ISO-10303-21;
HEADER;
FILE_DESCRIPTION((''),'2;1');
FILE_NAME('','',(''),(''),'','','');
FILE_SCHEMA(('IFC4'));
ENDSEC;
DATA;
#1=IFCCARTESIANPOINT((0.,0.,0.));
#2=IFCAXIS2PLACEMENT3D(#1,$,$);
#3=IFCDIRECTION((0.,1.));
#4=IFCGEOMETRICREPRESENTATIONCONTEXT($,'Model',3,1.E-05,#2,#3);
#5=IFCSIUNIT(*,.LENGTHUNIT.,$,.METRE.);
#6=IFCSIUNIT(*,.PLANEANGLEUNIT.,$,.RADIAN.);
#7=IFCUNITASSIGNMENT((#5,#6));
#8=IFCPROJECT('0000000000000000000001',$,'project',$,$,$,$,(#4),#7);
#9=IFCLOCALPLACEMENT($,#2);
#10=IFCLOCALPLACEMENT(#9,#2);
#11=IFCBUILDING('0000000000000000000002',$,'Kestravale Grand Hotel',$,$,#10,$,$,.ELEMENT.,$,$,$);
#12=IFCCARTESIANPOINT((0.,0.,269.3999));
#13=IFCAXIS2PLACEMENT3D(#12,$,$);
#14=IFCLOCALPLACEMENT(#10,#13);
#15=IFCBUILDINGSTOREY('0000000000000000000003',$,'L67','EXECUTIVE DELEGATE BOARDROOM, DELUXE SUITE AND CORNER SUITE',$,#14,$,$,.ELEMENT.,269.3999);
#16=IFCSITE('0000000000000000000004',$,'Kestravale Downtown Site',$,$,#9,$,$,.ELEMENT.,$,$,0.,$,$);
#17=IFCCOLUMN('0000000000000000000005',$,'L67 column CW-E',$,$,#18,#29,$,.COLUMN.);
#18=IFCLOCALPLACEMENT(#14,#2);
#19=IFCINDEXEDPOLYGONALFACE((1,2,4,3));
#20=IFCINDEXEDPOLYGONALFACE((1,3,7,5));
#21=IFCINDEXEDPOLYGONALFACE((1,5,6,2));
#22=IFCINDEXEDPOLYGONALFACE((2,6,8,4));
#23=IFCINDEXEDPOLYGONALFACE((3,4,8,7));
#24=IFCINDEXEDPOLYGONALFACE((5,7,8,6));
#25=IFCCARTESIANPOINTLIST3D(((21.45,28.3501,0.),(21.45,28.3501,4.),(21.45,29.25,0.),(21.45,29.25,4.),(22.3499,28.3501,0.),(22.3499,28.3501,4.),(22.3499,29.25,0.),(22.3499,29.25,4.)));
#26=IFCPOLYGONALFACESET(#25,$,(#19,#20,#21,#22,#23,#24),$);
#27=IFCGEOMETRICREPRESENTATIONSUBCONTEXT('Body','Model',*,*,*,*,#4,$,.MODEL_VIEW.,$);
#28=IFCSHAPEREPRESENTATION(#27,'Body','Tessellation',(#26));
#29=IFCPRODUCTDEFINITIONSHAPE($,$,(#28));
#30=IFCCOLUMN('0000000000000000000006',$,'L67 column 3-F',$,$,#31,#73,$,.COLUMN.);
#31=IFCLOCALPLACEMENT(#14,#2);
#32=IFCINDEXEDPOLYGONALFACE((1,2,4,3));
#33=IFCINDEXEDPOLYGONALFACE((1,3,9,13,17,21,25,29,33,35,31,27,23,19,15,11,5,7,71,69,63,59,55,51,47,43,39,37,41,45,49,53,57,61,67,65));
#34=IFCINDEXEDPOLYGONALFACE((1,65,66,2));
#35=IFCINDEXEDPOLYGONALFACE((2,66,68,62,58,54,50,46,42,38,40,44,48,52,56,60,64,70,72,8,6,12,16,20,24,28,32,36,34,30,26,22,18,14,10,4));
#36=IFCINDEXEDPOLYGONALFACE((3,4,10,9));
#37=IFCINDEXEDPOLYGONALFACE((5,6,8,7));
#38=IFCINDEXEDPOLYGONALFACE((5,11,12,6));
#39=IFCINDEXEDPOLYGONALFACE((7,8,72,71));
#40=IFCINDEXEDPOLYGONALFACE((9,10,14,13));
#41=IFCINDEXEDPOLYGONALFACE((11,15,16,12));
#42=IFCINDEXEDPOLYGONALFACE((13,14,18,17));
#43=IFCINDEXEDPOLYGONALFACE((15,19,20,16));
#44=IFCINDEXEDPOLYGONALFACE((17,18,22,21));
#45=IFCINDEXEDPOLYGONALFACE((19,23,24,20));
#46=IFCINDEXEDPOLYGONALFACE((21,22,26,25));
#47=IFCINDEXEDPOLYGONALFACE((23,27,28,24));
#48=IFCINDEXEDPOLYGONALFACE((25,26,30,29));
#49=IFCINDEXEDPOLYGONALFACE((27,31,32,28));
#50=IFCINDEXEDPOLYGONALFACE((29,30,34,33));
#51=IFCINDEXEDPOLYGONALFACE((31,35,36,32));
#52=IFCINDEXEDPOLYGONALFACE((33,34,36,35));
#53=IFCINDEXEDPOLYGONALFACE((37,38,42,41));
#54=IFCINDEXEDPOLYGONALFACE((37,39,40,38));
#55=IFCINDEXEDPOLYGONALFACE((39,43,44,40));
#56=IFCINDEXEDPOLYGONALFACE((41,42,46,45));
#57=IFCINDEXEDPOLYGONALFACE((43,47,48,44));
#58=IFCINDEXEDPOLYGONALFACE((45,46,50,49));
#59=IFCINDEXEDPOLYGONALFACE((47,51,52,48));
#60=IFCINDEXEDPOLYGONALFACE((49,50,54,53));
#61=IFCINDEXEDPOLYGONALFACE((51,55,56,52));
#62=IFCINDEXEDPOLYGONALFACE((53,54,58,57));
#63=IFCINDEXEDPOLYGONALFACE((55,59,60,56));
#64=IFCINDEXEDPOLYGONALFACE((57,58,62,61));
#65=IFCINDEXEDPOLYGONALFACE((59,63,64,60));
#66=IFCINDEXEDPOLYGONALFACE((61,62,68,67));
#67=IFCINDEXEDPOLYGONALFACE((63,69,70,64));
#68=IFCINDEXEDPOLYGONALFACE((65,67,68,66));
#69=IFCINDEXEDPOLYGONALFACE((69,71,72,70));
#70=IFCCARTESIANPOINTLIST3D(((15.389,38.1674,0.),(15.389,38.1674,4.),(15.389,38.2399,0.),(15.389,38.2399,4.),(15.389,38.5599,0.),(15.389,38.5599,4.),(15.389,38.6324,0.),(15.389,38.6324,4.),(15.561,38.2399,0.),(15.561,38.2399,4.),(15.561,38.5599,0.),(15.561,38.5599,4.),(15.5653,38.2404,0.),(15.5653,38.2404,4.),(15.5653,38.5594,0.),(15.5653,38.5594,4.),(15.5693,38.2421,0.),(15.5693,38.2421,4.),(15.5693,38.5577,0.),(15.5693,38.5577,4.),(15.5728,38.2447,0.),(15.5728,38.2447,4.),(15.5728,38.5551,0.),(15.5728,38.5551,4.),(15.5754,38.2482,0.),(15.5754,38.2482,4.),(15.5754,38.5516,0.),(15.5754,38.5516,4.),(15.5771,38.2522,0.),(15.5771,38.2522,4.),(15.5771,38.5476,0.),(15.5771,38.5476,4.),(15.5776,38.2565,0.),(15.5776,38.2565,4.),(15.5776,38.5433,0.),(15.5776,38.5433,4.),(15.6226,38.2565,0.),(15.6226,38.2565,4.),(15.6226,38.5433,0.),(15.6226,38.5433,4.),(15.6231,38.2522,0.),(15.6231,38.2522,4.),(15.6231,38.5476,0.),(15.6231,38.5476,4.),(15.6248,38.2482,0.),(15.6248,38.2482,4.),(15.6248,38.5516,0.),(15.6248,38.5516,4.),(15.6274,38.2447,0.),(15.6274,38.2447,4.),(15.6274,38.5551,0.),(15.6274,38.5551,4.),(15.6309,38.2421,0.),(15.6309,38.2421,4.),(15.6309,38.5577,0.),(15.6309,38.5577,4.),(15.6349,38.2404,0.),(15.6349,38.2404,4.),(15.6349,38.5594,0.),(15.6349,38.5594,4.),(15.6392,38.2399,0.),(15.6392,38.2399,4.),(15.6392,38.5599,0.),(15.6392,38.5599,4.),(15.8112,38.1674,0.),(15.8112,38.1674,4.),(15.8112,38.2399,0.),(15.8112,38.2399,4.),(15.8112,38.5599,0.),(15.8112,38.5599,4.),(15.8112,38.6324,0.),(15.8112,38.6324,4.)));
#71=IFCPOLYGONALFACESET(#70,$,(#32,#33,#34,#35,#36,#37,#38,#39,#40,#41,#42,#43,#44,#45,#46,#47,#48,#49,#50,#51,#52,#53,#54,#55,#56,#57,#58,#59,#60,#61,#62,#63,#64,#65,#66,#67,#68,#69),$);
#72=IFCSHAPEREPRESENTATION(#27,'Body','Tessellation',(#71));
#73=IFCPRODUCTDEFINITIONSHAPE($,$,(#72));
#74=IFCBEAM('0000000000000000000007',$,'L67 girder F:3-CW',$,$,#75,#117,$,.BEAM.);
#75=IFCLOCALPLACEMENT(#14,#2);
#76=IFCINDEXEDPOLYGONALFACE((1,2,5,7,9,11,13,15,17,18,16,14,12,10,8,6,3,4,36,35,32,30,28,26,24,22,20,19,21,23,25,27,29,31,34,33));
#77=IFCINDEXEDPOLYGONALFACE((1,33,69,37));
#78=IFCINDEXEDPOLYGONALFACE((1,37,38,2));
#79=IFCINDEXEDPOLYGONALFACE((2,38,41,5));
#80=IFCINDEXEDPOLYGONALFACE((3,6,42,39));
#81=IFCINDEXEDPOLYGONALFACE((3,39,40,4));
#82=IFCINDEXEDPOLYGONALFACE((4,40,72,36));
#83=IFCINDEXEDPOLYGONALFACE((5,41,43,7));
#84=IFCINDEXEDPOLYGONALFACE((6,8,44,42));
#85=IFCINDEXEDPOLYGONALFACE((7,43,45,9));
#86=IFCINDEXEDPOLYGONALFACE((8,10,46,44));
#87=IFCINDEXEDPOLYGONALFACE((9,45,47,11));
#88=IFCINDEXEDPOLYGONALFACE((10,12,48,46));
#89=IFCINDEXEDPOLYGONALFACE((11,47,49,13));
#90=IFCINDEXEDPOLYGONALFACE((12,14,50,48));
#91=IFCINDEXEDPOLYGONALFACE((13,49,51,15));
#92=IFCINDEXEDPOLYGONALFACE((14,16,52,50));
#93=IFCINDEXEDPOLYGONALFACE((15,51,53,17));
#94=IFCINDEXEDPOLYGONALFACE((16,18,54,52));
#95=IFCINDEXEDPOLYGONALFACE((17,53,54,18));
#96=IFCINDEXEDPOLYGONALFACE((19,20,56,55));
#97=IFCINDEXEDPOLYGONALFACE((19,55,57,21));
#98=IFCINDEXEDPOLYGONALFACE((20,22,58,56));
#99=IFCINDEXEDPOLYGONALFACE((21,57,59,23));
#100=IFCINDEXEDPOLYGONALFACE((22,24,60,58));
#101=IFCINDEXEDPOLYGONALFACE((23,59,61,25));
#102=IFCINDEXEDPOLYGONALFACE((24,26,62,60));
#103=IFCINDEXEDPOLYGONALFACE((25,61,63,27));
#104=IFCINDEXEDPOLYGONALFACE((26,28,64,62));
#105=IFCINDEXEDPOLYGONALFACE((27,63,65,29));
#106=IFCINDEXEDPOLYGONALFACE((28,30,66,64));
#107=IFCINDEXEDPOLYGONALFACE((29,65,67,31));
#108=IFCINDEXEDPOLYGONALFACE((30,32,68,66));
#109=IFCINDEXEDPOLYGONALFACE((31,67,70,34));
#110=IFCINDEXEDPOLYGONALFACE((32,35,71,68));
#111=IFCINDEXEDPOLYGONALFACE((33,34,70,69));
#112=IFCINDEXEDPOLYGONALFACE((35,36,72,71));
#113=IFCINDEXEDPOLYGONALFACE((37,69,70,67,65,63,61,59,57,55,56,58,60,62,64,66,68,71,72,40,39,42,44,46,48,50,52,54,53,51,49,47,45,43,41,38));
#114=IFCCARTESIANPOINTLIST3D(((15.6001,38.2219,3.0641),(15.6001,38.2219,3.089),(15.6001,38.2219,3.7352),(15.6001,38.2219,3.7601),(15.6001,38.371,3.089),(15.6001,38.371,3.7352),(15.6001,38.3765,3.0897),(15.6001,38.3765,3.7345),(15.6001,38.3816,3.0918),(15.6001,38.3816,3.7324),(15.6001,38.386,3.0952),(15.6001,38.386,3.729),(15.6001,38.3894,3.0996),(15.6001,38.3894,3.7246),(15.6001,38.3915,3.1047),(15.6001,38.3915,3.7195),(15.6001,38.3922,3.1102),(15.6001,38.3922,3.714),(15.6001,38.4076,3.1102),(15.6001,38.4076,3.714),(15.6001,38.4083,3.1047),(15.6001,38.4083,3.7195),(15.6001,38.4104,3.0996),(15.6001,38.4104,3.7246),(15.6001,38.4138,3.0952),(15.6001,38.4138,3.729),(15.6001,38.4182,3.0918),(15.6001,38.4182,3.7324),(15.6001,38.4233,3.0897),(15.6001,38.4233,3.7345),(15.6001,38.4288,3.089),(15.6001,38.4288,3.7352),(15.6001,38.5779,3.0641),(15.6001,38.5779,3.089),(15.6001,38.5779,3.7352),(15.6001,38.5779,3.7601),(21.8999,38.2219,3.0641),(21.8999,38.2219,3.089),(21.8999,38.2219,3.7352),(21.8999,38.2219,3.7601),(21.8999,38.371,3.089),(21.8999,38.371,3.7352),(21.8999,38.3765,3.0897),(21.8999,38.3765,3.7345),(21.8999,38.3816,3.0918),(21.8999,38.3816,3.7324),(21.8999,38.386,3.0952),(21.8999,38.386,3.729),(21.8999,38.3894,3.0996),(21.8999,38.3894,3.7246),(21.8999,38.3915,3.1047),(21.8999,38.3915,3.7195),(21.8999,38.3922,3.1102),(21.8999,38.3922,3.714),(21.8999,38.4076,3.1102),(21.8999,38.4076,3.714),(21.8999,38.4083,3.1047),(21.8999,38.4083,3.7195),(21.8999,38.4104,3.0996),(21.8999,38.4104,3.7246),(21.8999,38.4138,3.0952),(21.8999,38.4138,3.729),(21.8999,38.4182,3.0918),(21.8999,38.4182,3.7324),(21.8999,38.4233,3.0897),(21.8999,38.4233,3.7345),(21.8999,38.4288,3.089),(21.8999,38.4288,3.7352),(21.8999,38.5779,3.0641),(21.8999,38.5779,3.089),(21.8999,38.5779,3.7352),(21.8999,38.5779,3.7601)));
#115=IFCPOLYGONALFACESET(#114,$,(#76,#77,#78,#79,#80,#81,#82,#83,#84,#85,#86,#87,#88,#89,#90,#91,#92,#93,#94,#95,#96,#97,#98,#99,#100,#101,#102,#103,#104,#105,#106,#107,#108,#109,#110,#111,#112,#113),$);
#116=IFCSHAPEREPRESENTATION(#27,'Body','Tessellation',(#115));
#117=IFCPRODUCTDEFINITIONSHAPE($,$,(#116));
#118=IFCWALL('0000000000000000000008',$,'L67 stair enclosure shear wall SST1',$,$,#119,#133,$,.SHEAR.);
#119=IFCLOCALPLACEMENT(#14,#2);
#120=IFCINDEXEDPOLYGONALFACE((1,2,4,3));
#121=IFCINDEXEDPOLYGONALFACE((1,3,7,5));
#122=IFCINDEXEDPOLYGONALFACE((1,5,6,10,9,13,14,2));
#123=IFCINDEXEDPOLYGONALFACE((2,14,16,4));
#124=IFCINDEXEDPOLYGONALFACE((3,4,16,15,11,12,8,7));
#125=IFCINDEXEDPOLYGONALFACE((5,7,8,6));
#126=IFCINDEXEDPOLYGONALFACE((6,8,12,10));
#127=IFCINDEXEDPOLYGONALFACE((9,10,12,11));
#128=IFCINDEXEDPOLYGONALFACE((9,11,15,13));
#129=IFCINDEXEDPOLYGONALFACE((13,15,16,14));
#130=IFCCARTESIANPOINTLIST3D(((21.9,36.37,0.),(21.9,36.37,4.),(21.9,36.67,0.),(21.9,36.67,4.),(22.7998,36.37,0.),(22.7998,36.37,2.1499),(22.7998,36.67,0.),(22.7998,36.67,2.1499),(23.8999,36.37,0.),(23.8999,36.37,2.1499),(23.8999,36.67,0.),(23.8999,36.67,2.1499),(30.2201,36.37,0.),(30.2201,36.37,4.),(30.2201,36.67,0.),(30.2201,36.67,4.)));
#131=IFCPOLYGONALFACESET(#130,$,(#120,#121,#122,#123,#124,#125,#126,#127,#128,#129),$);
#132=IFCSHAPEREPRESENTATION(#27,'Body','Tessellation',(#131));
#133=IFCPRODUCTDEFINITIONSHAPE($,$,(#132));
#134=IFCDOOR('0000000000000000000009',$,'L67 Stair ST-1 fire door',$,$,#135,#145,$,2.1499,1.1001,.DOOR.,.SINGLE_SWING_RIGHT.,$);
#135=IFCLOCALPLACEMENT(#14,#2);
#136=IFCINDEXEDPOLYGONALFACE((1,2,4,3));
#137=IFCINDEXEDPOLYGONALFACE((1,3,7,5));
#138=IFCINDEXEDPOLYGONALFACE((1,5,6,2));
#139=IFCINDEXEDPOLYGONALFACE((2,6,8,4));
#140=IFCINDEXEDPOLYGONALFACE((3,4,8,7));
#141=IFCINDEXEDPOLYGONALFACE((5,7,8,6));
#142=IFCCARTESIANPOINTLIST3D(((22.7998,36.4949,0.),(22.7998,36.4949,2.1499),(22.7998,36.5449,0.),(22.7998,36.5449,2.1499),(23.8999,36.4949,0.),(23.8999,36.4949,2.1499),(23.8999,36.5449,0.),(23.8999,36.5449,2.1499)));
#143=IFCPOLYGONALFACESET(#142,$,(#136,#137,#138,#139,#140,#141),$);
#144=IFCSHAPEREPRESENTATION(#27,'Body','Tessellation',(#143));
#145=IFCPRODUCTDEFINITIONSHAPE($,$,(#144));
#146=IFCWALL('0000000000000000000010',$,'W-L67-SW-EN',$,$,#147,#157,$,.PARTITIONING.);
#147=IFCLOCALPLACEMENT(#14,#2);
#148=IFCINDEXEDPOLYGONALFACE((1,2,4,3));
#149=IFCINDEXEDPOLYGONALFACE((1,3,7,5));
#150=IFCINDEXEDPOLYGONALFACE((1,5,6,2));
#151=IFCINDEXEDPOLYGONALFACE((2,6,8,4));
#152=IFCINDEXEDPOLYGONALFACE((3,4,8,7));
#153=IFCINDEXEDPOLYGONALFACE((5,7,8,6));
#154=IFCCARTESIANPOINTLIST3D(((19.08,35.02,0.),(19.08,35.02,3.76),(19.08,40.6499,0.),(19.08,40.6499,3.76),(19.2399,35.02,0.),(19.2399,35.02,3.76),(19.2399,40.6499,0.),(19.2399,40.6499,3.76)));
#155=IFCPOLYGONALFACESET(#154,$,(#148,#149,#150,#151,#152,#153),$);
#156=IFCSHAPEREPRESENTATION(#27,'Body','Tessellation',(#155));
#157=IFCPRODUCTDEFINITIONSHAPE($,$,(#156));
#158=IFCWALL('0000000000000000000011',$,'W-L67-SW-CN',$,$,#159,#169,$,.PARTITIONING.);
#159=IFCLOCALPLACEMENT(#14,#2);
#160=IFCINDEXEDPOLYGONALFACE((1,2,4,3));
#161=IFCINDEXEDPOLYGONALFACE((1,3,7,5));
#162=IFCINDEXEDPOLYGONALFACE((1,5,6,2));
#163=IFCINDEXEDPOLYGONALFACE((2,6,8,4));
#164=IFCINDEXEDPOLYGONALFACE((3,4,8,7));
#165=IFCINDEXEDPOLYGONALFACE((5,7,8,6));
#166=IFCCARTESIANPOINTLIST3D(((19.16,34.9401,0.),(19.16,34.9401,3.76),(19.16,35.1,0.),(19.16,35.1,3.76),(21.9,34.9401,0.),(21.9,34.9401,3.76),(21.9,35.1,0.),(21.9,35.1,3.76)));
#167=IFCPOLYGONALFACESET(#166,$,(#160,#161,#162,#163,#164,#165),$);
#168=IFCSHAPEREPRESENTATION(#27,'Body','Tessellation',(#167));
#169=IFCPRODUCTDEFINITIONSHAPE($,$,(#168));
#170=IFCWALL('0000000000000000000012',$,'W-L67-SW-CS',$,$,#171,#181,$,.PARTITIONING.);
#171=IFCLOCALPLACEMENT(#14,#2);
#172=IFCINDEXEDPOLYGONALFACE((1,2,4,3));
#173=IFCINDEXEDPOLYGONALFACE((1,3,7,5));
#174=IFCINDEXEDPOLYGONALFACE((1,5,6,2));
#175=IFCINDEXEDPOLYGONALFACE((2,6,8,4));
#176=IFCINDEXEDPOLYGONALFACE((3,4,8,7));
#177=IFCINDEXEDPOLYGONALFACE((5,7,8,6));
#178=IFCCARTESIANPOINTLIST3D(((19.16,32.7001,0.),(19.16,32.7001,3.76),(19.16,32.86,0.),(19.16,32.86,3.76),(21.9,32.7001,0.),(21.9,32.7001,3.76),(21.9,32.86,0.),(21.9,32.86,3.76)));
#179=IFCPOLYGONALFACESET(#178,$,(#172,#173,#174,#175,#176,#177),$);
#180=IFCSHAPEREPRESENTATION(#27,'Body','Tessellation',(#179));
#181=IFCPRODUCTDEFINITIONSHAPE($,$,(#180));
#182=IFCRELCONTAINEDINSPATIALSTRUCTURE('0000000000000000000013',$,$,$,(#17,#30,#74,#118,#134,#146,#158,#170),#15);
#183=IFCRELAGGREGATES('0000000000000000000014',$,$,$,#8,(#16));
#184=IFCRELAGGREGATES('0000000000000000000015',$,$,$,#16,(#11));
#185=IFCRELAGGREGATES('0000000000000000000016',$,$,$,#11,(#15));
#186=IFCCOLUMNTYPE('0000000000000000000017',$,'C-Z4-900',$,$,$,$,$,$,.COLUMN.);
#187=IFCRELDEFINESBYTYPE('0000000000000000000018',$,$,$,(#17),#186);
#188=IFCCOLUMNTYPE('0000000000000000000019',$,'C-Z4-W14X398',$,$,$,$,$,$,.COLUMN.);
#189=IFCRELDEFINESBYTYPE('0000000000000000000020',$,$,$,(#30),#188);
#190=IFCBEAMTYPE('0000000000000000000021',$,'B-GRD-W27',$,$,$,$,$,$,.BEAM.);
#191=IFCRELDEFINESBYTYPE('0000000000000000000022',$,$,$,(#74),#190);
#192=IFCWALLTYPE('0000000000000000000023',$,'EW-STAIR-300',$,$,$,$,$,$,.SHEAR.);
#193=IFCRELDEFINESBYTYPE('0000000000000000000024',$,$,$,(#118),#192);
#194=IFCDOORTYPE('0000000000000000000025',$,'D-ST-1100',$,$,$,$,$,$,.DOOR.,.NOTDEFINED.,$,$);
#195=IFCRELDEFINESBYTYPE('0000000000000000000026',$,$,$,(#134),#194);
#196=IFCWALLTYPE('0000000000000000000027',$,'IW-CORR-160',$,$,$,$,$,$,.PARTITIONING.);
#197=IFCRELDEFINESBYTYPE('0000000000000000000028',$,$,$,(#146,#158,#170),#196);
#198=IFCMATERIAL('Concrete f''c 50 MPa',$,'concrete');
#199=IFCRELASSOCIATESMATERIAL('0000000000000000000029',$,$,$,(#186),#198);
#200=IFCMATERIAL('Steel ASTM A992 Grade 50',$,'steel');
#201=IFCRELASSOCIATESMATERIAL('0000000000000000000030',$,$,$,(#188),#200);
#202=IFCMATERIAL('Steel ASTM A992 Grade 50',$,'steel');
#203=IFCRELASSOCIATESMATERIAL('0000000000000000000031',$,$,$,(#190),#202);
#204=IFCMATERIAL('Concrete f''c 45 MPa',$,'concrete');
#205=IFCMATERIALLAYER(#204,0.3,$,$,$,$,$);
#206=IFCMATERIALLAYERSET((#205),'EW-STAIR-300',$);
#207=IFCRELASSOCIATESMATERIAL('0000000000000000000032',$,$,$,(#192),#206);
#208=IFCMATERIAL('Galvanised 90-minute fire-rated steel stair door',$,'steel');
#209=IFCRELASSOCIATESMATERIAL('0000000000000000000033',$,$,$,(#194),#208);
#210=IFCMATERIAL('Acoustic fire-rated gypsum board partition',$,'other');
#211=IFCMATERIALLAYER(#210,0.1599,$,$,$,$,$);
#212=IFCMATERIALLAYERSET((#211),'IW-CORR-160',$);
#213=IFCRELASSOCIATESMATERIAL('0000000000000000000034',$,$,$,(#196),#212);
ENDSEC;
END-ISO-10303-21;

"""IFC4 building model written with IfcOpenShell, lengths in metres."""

from ifc_helpers import new_model, si_unit, direction, frame, frame_2d, origin, origin_2d, place, context, subcontext, project, spatial, rectangle, i_section, extrude, material, layer, layer_set, material_profile, profile_set, type_object, element, fill, save


model = new_model("IFC4")

# Units and contexts
model_context = context("Model", 3, precision=1e-05, world=origin(), true_north=direction((0.0, 1.0)))
body_context = subcontext(model_context, "Body", "Model", "MODEL_VIEW")
ifc_project = project(units=[si_unit("LENGTHUNIT", "METRE"), si_unit("PLANEANGLEUNIT", "RADIAN")], contexts=[model_context])

# Site, building, storey
site_placement = place(None, origin())
site = spatial("IfcSite", under=ifc_project, at=site_placement, Name="Kestravale Downtown Site", CompositionType="ELEMENT", RefElevation=0.0)
building_placement = place(site_placement, origin())
building = spatial("IfcBuilding", under=site, at=building_placement, Name="Kestravale Grand Hotel", CompositionType="ELEMENT")
storey_placement = place(building_placement, frame((0.0, 0.0, 269.3999)))
storey = spatial("IfcBuildingStorey", under=building, at=storey_placement, Name="L67", Description="EXECUTIVE DELEGATE BOARDROOM, DELUXE SUITE AND CORNER SUITE", CompositionType="ELEMENT", Elevation=269.3999)

# Columns
ifc_material_1 = material(Name="Concrete f'c 50 MPa", Category="concrete")
ifc_material_profile_1 = material_profile(ifc_material_1, rectangle(XDim=0.8999, YDim=0.8999, at=origin_2d()))
ifc_profile_set_1 = profile_set([ifc_material_profile_1], Name="Concrete f'c 50 MPa")
column_type_1 = type_object("IfcColumnType", Name="C-Z4-900", PredefinedType="COLUMN", material=ifc_profile_set_1)
column_1_placement = place(storey_placement, frame((21.8999, 28.8, 0.0), z_axis=(0.0, 0.0, 1.0), x_axis=(1.0, 0.0, 0.0)))
element("IfcColumn", 1, at=column_1_placement, inside=storey, type_object=column_type_1, Name="L67 column CW-E", PredefinedType="COLUMN", context=body_context, shape_type="SweptSolid", body=[
    extrude(rectangle(XDim=0.8999, YDim=0.8999, at=origin_2d()), origin(), (0.0, 0.0, 1.0), 4.0),
])
ifc_material_2 = material(Name="Steel ASTM A992 Grade 50", Category="steel")
ifc_material_profile_2 = material_profile(ifc_material_2, i_section(OverallWidth=0.4221, OverallDepth=0.4651, WebThickness=0.0449, FlangeThickness=0.0725, FilletRadius=0.0166, at=origin_2d()))
ifc_profile_set_2 = profile_set([ifc_material_profile_2], Name="Steel ASTM A992 Grade 50")
column_type_2 = type_object("IfcColumnType", Name="C-Z4-W14X398", PredefinedType="COLUMN", material=ifc_profile_set_2)
column_2_placement = place(storey_placement, frame((15.6001, 38.3999, 0.0), z_axis=(0.0, 0.0, 1.0), x_axis=(1.0, 0.0, 0.0)))
element("IfcColumn", 2, at=column_2_placement, inside=storey, type_object=column_type_2, Name="L67 column 3-F", PredefinedType="COLUMN", context=body_context, shape_type="SweptSolid", body=[
    extrude(i_section(OverallWidth=0.4221, OverallDepth=0.4651, WebThickness=0.0449, FlangeThickness=0.0725, FilletRadius=0.0166, at=origin_2d()), origin(), (0.0, 0.0, 1.0), 4.0),
])

# Beam
ifc_material_3 = material(Name="Steel ASTM A992 Grade 50", Category="steel")
ifc_material_profile_3 = material_profile(ifc_material_3, i_section(OverallWidth=0.356, OverallDepth=0.696, WebThickness=0.0154, FlangeThickness=0.0249, FilletRadius=0.0212, at=origin_2d()))
ifc_profile_set_3 = profile_set([ifc_material_profile_3], Name="Steel ASTM A992 Grade 50")
beam_type = type_object("IfcBeamType", Name="B-GRD-W27", PredefinedType="BEAM", material=ifc_profile_set_3)
beam_placement = place(storey_placement, frame((15.6001, 38.3999, 3.4121), z_axis=(1.0, 0.0, 0.0), x_axis=(0.0, 1.0, 0.0)))
element("IfcBeam", 3, at=beam_placement, inside=storey, type_object=beam_type, Name="L67 girder F:3-CW", PredefinedType="BEAM", context=body_context, shape_type="SweptSolid", body=[
    extrude(i_section(OverallWidth=0.356, OverallDepth=0.696, WebThickness=0.0154, FlangeThickness=0.0249, FilletRadius=0.0212, at=origin_2d()), origin(), (0.0, 0.0, 1.0), 6.2998),
])

# Wall, opening, door
ifc_material_4 = material(Name="Concrete f'c 45 MPa", Category="concrete")
ifc_layer_1 = layer(ifc_material_4, 0.3)
ifc_layer_set_1 = layer_set([ifc_layer_1], Name="EW-STAIR-300")
wall_type_1 = type_object("IfcWallType", Name="EW-STAIR-300", PredefinedType="SHEAR", material=ifc_layer_set_1)
wall_1_placement = place(storey_placement, frame((21.8999, 36.52, 0.0), z_axis=(0.0, 0.0, 1.0), x_axis=(1.0, 0.0, 0.0)))
wall_1 = element("IfcWall", 4, at=wall_1_placement, inside=storey, type_object=wall_type_1, Name="L67 stair enclosure shear wall SST1", PredefinedType="SHEAR", context=body_context, shape_type="SweptSolid", body=[
    extrude(rectangle(XDim=8.3201, YDim=0.3, at=frame_2d((4.1602, 0.0))), origin(), (0.0, 0.0, 1.0), 4.0),
])
opening_1_placement = place(wall_1_placement, frame((0.8999, 0.0, 0.0)))
opening_1 = element("IfcOpeningElement", 5, at=opening_1_placement, cuts=wall_1, PredefinedType="OPENING", context=body_context, shape_type="SweptSolid", body=[
    extrude(rectangle(XDim=1.1001, YDim=2.1499, at=frame_2d((0.55, 1.075))), frame((0.0, 0.1599, 0.0), z_axis=(0.0, -1.0, 0.0), x_axis=(1.0, 0.0, 0.0)), (0.0, 0.0, 1.0), 0.3201),
])
ifc_material_5 = material(Name="Galvanised 90-minute fire-rated steel stair door", Category="steel")
door_type_1 = type_object("IfcDoorType", Name="D-ST-1100", OperationType="NOTDEFINED", PredefinedType="DOOR", material=ifc_material_5)
door_1_placement = place(opening_1_placement, origin())
door_1 = element("IfcDoor", 6, at=door_1_placement, inside=storey, type_object=door_type_1, Name="L67 Stair ST-1 fire door", OperationType="SINGLE_SWING_RIGHT", OverallHeight=2.1499, OverallWidth=1.1001, PredefinedType="DOOR", context=body_context, shape_type="SweptSolid", body=[
    extrude(rectangle(XDim=1.1001, YDim=2.1499, at=frame_2d((0.55, 1.075))), frame((0.0, 0.0249, 0.0), z_axis=(0.0, -1.0, 0.0), x_axis=(1.0, 0.0, 0.0)), (0.0, 0.0, 1.0), 0.05),
])
fill(opening_1, door_1)

# Walls
ifc_material_6 = material(Name="Acoustic fire-rated gypsum board partition", Category="other")
ifc_layer_2 = layer(ifc_material_6, 0.1599)
ifc_layer_set_2 = layer_set([ifc_layer_2], Name="IW-CORR-160")
wall_type_2 = type_object("IfcWallType", Name="IW-CORR-160", PredefinedType="PARTITIONING", material=ifc_layer_set_2)
wall_2_placement = place(storey_placement, frame((19.1599, 35.02, 0.0), z_axis=(0.0, 0.0, 1.0), x_axis=(0.0, 1.0, 0.0)))
element("IfcWall", 7, at=wall_2_placement, inside=storey, type_object=wall_type_2, Name="W-L67-SW-EN", PredefinedType="PARTITIONING", context=body_context, shape_type="SweptSolid", body=[
    extrude(rectangle(XDim=5.6299, YDim=0.1599, at=frame_2d((2.8149, 0.0))), origin(), (0.0, 0.0, 1.0), 3.76),
])
for number, where, z_axis, x_axis, name in (
    (8, (19.1599, 35.02, 0.0), (0.0, 0.0, 1.0), (1.0, 0.0, 0.0), "W-L67-SW-CN"),
    (9, (19.1599, 32.78, 0.0), (0.0, 0.0, 1.0), (1.0, 0.0, 0.0), "W-L67-SW-CS"),
):
    element("IfcWall", number, at=place(storey_placement, frame(where, z_axis=z_axis, x_axis=x_axis)), inside=storey, type_object=wall_type_2, Name=name, PredefinedType="PARTITIONING", context=body_context, shape_type="SweptSolid", body=[
        extrude(rectangle(XDim=2.74, YDim=0.1599, at=frame_2d((1.3701, 0.0))), origin(), (0.0, 0.0, 1.0), 3.76),
    ])

save(model, "model.ifc")
